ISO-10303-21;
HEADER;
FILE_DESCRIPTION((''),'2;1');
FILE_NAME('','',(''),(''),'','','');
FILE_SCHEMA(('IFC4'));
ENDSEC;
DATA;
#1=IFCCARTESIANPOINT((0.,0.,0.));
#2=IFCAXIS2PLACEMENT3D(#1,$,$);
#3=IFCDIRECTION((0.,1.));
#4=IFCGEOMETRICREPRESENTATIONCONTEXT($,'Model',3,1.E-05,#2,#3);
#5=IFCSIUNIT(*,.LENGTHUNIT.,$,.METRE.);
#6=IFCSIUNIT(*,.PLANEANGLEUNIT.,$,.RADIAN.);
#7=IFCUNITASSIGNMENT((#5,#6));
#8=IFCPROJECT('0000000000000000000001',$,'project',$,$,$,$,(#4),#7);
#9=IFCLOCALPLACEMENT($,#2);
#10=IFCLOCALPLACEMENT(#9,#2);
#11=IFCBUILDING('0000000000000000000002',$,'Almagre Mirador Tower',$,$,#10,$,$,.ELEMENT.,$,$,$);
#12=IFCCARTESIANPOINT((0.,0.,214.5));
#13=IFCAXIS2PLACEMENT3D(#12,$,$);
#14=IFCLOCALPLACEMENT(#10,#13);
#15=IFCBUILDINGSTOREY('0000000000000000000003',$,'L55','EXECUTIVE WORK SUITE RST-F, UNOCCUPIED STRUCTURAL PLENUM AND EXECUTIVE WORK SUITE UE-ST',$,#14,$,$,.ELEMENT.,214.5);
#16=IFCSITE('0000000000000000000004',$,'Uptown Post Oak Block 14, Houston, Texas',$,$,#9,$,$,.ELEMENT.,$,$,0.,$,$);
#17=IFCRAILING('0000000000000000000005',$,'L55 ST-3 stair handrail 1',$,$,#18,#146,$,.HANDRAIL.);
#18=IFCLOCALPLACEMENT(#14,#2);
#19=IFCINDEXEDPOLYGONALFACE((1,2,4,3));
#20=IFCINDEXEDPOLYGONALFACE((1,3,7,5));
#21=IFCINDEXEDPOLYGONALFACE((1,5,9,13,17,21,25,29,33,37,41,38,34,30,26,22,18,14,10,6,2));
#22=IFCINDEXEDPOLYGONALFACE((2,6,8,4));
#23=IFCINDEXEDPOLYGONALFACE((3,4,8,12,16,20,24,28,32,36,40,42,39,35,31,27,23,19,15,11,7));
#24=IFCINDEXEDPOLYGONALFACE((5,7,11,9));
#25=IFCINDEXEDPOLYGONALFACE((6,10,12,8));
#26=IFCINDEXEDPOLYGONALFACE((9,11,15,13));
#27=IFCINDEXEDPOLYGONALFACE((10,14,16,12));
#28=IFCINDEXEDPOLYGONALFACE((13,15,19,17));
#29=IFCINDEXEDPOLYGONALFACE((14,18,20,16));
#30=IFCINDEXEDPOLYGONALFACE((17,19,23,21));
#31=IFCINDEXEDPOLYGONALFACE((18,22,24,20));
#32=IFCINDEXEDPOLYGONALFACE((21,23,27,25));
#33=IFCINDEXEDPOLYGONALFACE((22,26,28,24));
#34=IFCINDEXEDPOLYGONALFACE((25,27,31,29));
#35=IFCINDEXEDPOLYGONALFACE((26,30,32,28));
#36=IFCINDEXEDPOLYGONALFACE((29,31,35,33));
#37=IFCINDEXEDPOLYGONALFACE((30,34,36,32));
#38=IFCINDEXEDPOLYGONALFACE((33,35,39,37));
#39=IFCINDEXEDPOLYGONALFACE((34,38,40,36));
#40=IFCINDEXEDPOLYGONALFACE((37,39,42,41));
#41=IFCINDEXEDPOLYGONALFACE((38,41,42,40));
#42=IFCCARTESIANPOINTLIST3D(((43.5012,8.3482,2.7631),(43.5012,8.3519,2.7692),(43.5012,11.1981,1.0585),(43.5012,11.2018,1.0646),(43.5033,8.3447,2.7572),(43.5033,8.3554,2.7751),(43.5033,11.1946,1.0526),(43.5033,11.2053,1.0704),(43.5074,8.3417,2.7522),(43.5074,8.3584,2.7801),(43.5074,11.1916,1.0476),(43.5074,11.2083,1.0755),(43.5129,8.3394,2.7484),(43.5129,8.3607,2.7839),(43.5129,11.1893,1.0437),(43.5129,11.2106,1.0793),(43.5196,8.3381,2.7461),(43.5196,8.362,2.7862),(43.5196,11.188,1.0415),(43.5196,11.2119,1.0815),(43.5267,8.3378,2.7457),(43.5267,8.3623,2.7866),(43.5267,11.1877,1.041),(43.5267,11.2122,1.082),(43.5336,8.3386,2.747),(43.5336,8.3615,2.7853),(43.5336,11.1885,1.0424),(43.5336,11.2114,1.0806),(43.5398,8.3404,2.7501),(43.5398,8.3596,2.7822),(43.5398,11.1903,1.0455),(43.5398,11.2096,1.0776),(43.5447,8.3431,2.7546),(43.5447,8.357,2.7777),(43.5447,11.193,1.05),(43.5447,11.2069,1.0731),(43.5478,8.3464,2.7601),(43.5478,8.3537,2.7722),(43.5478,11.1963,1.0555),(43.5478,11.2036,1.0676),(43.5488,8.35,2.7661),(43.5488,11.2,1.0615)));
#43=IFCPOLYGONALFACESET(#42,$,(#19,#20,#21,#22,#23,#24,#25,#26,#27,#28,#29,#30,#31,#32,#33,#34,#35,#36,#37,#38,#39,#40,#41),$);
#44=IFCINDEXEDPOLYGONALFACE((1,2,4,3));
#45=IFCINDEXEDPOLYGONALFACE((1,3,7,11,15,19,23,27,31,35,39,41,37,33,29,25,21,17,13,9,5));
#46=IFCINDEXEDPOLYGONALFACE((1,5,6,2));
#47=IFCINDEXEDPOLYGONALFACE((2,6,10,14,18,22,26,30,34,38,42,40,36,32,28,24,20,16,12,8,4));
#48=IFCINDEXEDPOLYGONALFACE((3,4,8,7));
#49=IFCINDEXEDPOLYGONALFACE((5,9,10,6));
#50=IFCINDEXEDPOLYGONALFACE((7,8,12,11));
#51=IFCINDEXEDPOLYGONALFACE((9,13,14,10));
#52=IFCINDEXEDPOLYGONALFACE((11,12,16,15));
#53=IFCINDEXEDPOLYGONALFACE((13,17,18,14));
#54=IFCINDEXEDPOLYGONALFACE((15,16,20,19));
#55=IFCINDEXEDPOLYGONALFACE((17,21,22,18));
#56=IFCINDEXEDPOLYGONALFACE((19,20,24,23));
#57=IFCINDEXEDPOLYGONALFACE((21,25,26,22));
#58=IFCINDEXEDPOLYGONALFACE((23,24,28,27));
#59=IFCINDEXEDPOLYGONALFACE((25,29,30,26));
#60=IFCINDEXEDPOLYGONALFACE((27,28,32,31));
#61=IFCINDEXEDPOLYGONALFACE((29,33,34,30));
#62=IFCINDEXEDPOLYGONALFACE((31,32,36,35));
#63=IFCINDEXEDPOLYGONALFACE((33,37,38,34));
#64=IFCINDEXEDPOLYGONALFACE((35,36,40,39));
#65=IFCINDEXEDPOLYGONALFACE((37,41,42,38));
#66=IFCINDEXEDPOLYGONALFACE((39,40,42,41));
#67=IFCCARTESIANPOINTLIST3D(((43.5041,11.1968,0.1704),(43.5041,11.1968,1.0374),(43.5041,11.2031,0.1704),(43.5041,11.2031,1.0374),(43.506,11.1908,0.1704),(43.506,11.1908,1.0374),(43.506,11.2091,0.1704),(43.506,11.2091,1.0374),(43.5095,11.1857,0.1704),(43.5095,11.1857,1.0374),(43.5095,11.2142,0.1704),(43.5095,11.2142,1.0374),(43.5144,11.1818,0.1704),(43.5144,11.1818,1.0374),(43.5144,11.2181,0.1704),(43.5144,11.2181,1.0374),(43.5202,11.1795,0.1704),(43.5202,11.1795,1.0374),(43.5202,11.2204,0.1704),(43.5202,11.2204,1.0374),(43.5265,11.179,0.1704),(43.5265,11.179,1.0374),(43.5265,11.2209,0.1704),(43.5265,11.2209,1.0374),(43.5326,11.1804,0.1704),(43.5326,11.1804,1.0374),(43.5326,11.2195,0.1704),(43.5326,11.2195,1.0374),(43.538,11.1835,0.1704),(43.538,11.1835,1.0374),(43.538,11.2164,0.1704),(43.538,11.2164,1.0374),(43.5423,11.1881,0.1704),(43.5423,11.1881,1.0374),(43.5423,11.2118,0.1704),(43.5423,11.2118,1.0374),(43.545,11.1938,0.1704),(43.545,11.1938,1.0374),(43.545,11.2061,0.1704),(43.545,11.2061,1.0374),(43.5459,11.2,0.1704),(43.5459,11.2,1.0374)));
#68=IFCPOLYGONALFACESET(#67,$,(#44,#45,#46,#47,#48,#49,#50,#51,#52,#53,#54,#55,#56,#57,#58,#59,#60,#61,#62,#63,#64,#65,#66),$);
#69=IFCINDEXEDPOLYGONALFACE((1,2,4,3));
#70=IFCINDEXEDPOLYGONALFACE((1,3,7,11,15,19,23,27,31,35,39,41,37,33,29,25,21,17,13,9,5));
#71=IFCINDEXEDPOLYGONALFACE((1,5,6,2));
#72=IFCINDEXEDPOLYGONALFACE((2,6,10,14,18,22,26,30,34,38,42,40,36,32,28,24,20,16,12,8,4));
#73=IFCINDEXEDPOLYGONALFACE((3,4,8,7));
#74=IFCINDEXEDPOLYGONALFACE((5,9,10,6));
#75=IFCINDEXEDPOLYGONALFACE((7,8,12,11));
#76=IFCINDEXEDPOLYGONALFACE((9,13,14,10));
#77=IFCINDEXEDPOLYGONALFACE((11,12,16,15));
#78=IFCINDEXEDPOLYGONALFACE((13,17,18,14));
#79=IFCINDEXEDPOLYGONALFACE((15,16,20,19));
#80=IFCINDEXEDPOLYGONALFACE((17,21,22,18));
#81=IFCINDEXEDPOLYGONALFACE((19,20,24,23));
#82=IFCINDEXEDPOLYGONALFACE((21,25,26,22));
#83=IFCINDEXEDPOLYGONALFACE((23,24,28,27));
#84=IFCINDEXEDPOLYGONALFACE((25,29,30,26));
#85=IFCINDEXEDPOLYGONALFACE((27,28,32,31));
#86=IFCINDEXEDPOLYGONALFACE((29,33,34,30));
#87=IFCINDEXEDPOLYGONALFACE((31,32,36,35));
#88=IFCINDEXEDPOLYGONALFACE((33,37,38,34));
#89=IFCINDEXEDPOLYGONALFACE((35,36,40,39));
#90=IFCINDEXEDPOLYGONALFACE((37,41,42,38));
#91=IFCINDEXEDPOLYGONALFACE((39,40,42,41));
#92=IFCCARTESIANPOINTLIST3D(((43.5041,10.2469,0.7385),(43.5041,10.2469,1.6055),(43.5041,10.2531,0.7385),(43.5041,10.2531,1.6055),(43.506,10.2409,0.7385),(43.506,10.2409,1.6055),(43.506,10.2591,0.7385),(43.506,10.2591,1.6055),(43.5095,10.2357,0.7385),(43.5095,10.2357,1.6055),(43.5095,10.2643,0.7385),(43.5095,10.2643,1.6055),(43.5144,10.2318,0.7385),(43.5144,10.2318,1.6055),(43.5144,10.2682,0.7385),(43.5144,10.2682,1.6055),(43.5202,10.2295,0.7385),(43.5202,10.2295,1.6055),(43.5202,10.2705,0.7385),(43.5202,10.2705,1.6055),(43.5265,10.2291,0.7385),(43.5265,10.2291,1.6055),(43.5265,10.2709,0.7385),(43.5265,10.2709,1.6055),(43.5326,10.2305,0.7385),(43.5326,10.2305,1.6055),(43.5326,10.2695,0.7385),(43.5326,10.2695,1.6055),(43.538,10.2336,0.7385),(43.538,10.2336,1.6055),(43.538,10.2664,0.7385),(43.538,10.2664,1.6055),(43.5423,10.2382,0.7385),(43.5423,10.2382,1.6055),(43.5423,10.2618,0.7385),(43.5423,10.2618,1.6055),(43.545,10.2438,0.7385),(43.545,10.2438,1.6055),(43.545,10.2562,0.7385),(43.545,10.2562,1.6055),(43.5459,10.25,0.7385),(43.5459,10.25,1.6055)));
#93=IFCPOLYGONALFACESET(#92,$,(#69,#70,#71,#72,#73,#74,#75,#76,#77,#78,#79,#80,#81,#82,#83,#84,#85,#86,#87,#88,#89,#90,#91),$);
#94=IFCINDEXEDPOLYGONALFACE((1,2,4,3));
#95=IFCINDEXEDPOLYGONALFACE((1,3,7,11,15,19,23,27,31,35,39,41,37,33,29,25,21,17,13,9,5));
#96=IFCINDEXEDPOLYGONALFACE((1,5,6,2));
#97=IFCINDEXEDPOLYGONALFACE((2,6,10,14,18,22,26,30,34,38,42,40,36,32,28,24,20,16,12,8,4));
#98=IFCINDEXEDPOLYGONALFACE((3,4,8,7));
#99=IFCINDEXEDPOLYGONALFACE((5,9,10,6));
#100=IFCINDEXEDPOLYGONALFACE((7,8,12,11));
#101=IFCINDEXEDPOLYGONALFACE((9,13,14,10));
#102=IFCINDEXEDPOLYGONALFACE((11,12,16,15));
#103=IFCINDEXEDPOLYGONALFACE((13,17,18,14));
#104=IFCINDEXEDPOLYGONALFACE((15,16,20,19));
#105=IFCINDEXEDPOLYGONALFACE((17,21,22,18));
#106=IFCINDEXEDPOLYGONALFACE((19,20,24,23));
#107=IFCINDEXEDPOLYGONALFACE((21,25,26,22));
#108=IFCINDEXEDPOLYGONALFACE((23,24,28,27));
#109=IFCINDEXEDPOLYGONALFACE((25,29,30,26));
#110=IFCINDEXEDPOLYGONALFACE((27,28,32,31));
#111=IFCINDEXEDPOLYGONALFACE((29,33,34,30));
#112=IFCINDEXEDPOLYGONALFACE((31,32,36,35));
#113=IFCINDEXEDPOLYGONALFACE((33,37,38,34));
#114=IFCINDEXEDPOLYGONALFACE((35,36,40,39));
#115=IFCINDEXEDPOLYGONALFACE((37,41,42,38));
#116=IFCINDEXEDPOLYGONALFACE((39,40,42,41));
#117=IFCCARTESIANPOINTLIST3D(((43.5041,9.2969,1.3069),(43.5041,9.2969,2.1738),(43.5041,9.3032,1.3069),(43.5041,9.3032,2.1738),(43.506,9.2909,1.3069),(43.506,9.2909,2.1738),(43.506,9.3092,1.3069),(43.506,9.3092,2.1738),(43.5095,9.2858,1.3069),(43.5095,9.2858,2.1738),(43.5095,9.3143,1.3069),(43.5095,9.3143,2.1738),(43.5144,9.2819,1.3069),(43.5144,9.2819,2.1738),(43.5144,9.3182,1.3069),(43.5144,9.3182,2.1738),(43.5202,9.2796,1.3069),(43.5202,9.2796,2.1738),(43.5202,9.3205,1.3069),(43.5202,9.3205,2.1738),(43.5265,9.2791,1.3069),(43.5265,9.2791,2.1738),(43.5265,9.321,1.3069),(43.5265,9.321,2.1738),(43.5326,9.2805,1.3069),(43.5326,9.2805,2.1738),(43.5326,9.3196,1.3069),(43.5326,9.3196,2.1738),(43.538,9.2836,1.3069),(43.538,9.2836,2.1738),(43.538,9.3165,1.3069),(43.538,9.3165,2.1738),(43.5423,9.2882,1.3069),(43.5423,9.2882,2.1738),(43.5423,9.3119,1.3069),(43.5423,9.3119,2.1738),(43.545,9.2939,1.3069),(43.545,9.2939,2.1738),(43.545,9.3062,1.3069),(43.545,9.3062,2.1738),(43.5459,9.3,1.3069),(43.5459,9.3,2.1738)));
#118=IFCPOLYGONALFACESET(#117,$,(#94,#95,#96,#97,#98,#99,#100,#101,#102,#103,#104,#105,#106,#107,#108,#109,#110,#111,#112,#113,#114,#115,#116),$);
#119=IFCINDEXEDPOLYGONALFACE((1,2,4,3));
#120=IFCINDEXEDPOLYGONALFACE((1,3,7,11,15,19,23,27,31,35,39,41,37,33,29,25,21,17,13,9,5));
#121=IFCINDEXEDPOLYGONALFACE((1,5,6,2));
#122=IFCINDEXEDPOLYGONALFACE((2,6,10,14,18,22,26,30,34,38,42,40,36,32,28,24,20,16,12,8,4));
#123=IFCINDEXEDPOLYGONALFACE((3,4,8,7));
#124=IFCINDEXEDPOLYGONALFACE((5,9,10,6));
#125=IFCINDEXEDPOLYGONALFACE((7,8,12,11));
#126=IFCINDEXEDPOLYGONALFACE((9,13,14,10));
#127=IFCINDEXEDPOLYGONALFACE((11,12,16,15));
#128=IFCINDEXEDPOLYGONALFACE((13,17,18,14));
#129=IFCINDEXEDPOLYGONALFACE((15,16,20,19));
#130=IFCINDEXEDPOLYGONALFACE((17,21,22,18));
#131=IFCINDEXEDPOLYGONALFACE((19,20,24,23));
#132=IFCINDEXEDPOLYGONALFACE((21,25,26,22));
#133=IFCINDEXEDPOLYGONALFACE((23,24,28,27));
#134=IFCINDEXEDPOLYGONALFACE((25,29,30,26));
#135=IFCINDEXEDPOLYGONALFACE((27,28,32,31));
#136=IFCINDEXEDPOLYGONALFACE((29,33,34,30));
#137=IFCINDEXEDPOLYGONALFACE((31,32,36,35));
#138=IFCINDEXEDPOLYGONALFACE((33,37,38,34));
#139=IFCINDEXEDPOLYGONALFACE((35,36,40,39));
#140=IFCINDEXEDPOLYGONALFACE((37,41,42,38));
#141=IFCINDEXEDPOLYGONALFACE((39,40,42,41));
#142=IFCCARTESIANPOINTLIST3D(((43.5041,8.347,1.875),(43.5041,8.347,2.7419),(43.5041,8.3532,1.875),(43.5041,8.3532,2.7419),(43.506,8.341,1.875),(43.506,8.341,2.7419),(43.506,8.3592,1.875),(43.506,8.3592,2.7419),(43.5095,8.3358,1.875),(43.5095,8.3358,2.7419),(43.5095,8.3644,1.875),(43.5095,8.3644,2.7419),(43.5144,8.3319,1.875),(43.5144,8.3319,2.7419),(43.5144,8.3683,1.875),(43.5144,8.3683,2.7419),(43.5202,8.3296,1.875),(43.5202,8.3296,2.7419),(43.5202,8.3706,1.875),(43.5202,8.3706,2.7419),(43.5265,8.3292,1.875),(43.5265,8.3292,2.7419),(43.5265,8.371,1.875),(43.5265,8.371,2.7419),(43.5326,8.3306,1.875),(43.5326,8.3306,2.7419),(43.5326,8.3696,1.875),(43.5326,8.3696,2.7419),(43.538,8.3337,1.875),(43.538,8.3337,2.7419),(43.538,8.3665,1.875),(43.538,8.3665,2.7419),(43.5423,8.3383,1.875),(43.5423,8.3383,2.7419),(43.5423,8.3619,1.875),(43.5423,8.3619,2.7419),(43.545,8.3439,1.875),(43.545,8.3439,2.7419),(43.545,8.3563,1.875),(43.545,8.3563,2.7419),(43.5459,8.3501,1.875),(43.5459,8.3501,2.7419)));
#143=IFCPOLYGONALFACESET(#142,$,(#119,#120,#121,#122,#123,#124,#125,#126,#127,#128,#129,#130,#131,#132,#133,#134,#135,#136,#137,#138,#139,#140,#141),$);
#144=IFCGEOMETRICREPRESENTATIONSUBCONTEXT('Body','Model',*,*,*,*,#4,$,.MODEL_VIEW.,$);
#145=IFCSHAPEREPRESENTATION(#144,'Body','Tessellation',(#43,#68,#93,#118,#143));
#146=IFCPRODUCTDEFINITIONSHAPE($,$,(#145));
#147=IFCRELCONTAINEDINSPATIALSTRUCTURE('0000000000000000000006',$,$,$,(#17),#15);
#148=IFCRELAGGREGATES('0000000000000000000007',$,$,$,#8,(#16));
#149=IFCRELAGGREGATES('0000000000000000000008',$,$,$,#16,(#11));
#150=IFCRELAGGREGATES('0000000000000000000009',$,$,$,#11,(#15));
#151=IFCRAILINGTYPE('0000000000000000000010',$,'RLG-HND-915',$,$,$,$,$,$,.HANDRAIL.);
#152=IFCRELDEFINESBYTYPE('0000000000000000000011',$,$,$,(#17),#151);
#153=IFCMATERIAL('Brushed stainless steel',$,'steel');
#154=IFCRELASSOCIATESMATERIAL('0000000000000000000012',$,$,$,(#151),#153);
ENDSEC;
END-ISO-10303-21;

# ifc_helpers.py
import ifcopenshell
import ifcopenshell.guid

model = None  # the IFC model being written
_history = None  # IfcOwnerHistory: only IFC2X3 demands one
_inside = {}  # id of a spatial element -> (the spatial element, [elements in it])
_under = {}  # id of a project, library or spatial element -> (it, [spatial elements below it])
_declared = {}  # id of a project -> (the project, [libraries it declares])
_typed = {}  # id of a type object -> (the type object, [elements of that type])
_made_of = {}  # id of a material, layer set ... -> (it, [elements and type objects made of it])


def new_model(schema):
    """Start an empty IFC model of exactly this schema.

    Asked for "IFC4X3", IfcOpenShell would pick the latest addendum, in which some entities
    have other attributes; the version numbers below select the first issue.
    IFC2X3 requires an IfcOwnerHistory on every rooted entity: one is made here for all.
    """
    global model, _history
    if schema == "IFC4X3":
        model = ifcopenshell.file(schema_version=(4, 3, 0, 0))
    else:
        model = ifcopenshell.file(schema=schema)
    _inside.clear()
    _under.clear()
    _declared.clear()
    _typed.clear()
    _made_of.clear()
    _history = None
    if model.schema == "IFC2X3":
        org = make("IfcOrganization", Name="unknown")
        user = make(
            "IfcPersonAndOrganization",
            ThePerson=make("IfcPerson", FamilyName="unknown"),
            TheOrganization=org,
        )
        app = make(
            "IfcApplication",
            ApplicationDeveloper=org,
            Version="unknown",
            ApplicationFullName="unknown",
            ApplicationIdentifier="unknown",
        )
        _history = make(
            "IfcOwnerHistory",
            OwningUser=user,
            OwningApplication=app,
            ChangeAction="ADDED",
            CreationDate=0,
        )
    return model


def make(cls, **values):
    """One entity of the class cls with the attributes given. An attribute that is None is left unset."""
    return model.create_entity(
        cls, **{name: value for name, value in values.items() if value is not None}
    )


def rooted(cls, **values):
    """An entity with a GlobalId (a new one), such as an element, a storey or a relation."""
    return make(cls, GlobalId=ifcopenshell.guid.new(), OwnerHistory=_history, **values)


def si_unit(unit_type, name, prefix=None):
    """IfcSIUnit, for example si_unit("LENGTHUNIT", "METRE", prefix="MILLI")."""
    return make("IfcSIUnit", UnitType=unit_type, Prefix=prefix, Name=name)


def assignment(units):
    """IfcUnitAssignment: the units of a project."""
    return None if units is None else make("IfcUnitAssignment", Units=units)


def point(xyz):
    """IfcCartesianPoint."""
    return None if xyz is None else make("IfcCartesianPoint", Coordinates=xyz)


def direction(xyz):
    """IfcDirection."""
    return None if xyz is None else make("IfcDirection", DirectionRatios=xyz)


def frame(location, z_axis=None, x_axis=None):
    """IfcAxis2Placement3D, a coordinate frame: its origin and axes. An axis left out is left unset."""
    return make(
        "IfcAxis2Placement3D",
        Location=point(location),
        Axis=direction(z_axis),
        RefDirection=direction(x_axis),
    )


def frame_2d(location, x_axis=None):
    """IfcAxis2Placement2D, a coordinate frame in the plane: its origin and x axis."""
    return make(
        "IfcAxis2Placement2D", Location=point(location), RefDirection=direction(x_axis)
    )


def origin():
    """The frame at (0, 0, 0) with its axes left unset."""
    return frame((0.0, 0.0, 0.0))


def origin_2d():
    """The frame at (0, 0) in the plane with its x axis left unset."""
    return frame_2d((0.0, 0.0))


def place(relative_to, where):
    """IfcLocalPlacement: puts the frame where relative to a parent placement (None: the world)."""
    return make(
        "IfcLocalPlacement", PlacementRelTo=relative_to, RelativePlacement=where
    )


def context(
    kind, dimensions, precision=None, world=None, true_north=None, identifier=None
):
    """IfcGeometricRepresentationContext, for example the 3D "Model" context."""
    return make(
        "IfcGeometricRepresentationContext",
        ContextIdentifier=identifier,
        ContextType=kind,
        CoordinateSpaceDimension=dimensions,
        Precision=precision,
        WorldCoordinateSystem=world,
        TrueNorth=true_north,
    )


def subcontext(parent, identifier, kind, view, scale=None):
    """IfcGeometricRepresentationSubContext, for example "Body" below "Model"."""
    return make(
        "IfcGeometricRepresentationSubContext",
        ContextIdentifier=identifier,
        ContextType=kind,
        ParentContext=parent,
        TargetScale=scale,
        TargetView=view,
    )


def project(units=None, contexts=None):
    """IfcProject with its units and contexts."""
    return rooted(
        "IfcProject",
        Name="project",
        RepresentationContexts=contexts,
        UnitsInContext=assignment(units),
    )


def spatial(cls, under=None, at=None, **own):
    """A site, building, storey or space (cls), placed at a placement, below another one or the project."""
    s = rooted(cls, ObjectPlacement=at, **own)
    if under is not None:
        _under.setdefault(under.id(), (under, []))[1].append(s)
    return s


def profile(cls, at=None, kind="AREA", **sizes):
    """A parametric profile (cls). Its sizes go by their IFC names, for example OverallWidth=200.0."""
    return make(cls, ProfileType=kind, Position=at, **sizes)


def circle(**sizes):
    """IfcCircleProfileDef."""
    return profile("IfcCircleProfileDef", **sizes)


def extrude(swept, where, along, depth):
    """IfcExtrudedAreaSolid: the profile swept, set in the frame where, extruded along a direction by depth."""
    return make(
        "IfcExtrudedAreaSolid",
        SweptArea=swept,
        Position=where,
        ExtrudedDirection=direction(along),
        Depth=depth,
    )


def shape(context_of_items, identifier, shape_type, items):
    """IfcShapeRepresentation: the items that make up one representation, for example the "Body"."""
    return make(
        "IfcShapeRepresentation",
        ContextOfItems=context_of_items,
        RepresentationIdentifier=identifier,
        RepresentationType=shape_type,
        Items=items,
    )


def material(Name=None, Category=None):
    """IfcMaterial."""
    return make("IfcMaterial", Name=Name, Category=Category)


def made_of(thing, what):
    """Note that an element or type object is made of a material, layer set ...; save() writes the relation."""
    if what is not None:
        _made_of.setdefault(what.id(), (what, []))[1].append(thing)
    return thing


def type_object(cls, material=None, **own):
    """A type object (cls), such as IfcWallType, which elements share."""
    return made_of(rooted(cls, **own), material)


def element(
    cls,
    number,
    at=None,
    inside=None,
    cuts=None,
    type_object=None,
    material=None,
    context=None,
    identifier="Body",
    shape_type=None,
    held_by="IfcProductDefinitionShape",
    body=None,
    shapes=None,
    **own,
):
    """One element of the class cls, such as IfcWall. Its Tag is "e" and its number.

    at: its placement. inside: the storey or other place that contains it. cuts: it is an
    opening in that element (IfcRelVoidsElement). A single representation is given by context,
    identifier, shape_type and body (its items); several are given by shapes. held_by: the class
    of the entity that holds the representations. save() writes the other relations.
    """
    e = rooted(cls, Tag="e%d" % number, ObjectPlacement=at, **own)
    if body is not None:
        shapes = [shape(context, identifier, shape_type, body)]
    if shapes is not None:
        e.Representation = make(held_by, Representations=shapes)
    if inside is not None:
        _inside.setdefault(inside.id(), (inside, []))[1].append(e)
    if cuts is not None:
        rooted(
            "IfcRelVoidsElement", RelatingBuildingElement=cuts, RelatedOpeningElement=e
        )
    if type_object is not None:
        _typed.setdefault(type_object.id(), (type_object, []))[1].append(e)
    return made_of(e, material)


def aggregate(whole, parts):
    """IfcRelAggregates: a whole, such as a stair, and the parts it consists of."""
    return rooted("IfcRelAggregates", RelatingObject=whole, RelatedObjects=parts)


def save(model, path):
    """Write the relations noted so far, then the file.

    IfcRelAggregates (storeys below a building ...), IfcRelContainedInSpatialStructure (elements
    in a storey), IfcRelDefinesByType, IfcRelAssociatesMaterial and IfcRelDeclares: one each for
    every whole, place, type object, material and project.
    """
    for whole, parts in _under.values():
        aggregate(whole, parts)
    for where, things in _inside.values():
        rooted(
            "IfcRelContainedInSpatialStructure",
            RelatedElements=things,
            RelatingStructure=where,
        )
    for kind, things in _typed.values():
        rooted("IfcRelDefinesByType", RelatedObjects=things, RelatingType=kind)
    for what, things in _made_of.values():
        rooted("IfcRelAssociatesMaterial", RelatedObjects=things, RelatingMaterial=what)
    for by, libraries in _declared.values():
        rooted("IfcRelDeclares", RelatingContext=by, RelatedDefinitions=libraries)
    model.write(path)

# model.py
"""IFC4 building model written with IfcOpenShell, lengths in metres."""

from ifc_helpers import new_model, si_unit, direction, frame, origin, origin_2d, place, context, subcontext, project, spatial, circle, extrude, material, type_object, element, save


model = new_model("IFC4")

# Units and contexts
model_context = context("Model", 3, precision=1e-05, world=origin(), true_north=direction((0.0, 1.0)))
body_context = subcontext(model_context, "Body", "Model", "MODEL_VIEW")
ifc_project = project(units=[si_unit("LENGTHUNIT", "METRE"), si_unit("PLANEANGLEUNIT", "RADIAN")], contexts=[model_context])

# Site, building, storey
site_placement = place(None, origin())
site = spatial("IfcSite", under=ifc_project, at=site_placement, Name="Uptown Post Oak Block 14, Houston, Texas", CompositionType="ELEMENT", RefElevation=0.0)
building_placement = place(site_placement, origin())
building = spatial("IfcBuilding", under=site, at=building_placement, Name="Almagre Mirador Tower", CompositionType="ELEMENT")
storey_placement = place(building_placement, frame((0.0, 0.0, 214.5)))
storey = spatial("IfcBuildingStorey", under=building, at=storey_placement, Name="L55", Description="EXECUTIVE WORK SUITE RST-F, UNOCCUPIED STRUCTURAL PLENUM AND EXECUTIVE WORK SUITE UE-ST", CompositionType="ELEMENT", Elevation=214.5)

# Railing
ifc_material_1 = material(Name="Brushed stainless steel", Category="steel")
railing_type_1 = type_object("IfcRailingType", Name="RLG-HND-915", PredefinedType="HANDRAIL", material=ifc_material_1)
railing_1_placement = place(storey_placement, frame((43.5249, 11.2, 0.1704)))
element("IfcRailing", 1, at=railing_1_placement, inside=storey, type_object=railing_type_1, Name="L55 ST-3 stair handrail 1", PredefinedType="HANDRAIL", context=body_context, shape_type="SweptSolid", body=[
    extrude(circle(Radius=0.0239, at=origin_2d()), frame((0.0, 0.0, 0.8911), z_axis=(0.0, -0.858199, 0.513317), x_axis=(1.0, 0.0, 0.0)), (0.0, 0.0, 1.0), 3.3208),
    extrude(circle(Radius=0.021, at=origin_2d()), origin(), (0.0, 0.0, 1.0), 0.8669),
    extrude(circle(Radius=0.021, at=origin_2d()), frame((0.0, -0.95, 0.5681)), (0.0, 0.0, 1.0), 0.8669),
    extrude(circle(Radius=0.021, at=origin_2d()), frame((0.0, -1.8999, 1.1365)), (0.0, 0.0, 1.0), 0.8669),
    extrude(circle(Radius=0.021, at=origin_2d()), frame((0.0, -2.8499, 1.7046)), (0.0, 0.0, 1.0), 0.8669),
])

save(model, "model.ifc")
